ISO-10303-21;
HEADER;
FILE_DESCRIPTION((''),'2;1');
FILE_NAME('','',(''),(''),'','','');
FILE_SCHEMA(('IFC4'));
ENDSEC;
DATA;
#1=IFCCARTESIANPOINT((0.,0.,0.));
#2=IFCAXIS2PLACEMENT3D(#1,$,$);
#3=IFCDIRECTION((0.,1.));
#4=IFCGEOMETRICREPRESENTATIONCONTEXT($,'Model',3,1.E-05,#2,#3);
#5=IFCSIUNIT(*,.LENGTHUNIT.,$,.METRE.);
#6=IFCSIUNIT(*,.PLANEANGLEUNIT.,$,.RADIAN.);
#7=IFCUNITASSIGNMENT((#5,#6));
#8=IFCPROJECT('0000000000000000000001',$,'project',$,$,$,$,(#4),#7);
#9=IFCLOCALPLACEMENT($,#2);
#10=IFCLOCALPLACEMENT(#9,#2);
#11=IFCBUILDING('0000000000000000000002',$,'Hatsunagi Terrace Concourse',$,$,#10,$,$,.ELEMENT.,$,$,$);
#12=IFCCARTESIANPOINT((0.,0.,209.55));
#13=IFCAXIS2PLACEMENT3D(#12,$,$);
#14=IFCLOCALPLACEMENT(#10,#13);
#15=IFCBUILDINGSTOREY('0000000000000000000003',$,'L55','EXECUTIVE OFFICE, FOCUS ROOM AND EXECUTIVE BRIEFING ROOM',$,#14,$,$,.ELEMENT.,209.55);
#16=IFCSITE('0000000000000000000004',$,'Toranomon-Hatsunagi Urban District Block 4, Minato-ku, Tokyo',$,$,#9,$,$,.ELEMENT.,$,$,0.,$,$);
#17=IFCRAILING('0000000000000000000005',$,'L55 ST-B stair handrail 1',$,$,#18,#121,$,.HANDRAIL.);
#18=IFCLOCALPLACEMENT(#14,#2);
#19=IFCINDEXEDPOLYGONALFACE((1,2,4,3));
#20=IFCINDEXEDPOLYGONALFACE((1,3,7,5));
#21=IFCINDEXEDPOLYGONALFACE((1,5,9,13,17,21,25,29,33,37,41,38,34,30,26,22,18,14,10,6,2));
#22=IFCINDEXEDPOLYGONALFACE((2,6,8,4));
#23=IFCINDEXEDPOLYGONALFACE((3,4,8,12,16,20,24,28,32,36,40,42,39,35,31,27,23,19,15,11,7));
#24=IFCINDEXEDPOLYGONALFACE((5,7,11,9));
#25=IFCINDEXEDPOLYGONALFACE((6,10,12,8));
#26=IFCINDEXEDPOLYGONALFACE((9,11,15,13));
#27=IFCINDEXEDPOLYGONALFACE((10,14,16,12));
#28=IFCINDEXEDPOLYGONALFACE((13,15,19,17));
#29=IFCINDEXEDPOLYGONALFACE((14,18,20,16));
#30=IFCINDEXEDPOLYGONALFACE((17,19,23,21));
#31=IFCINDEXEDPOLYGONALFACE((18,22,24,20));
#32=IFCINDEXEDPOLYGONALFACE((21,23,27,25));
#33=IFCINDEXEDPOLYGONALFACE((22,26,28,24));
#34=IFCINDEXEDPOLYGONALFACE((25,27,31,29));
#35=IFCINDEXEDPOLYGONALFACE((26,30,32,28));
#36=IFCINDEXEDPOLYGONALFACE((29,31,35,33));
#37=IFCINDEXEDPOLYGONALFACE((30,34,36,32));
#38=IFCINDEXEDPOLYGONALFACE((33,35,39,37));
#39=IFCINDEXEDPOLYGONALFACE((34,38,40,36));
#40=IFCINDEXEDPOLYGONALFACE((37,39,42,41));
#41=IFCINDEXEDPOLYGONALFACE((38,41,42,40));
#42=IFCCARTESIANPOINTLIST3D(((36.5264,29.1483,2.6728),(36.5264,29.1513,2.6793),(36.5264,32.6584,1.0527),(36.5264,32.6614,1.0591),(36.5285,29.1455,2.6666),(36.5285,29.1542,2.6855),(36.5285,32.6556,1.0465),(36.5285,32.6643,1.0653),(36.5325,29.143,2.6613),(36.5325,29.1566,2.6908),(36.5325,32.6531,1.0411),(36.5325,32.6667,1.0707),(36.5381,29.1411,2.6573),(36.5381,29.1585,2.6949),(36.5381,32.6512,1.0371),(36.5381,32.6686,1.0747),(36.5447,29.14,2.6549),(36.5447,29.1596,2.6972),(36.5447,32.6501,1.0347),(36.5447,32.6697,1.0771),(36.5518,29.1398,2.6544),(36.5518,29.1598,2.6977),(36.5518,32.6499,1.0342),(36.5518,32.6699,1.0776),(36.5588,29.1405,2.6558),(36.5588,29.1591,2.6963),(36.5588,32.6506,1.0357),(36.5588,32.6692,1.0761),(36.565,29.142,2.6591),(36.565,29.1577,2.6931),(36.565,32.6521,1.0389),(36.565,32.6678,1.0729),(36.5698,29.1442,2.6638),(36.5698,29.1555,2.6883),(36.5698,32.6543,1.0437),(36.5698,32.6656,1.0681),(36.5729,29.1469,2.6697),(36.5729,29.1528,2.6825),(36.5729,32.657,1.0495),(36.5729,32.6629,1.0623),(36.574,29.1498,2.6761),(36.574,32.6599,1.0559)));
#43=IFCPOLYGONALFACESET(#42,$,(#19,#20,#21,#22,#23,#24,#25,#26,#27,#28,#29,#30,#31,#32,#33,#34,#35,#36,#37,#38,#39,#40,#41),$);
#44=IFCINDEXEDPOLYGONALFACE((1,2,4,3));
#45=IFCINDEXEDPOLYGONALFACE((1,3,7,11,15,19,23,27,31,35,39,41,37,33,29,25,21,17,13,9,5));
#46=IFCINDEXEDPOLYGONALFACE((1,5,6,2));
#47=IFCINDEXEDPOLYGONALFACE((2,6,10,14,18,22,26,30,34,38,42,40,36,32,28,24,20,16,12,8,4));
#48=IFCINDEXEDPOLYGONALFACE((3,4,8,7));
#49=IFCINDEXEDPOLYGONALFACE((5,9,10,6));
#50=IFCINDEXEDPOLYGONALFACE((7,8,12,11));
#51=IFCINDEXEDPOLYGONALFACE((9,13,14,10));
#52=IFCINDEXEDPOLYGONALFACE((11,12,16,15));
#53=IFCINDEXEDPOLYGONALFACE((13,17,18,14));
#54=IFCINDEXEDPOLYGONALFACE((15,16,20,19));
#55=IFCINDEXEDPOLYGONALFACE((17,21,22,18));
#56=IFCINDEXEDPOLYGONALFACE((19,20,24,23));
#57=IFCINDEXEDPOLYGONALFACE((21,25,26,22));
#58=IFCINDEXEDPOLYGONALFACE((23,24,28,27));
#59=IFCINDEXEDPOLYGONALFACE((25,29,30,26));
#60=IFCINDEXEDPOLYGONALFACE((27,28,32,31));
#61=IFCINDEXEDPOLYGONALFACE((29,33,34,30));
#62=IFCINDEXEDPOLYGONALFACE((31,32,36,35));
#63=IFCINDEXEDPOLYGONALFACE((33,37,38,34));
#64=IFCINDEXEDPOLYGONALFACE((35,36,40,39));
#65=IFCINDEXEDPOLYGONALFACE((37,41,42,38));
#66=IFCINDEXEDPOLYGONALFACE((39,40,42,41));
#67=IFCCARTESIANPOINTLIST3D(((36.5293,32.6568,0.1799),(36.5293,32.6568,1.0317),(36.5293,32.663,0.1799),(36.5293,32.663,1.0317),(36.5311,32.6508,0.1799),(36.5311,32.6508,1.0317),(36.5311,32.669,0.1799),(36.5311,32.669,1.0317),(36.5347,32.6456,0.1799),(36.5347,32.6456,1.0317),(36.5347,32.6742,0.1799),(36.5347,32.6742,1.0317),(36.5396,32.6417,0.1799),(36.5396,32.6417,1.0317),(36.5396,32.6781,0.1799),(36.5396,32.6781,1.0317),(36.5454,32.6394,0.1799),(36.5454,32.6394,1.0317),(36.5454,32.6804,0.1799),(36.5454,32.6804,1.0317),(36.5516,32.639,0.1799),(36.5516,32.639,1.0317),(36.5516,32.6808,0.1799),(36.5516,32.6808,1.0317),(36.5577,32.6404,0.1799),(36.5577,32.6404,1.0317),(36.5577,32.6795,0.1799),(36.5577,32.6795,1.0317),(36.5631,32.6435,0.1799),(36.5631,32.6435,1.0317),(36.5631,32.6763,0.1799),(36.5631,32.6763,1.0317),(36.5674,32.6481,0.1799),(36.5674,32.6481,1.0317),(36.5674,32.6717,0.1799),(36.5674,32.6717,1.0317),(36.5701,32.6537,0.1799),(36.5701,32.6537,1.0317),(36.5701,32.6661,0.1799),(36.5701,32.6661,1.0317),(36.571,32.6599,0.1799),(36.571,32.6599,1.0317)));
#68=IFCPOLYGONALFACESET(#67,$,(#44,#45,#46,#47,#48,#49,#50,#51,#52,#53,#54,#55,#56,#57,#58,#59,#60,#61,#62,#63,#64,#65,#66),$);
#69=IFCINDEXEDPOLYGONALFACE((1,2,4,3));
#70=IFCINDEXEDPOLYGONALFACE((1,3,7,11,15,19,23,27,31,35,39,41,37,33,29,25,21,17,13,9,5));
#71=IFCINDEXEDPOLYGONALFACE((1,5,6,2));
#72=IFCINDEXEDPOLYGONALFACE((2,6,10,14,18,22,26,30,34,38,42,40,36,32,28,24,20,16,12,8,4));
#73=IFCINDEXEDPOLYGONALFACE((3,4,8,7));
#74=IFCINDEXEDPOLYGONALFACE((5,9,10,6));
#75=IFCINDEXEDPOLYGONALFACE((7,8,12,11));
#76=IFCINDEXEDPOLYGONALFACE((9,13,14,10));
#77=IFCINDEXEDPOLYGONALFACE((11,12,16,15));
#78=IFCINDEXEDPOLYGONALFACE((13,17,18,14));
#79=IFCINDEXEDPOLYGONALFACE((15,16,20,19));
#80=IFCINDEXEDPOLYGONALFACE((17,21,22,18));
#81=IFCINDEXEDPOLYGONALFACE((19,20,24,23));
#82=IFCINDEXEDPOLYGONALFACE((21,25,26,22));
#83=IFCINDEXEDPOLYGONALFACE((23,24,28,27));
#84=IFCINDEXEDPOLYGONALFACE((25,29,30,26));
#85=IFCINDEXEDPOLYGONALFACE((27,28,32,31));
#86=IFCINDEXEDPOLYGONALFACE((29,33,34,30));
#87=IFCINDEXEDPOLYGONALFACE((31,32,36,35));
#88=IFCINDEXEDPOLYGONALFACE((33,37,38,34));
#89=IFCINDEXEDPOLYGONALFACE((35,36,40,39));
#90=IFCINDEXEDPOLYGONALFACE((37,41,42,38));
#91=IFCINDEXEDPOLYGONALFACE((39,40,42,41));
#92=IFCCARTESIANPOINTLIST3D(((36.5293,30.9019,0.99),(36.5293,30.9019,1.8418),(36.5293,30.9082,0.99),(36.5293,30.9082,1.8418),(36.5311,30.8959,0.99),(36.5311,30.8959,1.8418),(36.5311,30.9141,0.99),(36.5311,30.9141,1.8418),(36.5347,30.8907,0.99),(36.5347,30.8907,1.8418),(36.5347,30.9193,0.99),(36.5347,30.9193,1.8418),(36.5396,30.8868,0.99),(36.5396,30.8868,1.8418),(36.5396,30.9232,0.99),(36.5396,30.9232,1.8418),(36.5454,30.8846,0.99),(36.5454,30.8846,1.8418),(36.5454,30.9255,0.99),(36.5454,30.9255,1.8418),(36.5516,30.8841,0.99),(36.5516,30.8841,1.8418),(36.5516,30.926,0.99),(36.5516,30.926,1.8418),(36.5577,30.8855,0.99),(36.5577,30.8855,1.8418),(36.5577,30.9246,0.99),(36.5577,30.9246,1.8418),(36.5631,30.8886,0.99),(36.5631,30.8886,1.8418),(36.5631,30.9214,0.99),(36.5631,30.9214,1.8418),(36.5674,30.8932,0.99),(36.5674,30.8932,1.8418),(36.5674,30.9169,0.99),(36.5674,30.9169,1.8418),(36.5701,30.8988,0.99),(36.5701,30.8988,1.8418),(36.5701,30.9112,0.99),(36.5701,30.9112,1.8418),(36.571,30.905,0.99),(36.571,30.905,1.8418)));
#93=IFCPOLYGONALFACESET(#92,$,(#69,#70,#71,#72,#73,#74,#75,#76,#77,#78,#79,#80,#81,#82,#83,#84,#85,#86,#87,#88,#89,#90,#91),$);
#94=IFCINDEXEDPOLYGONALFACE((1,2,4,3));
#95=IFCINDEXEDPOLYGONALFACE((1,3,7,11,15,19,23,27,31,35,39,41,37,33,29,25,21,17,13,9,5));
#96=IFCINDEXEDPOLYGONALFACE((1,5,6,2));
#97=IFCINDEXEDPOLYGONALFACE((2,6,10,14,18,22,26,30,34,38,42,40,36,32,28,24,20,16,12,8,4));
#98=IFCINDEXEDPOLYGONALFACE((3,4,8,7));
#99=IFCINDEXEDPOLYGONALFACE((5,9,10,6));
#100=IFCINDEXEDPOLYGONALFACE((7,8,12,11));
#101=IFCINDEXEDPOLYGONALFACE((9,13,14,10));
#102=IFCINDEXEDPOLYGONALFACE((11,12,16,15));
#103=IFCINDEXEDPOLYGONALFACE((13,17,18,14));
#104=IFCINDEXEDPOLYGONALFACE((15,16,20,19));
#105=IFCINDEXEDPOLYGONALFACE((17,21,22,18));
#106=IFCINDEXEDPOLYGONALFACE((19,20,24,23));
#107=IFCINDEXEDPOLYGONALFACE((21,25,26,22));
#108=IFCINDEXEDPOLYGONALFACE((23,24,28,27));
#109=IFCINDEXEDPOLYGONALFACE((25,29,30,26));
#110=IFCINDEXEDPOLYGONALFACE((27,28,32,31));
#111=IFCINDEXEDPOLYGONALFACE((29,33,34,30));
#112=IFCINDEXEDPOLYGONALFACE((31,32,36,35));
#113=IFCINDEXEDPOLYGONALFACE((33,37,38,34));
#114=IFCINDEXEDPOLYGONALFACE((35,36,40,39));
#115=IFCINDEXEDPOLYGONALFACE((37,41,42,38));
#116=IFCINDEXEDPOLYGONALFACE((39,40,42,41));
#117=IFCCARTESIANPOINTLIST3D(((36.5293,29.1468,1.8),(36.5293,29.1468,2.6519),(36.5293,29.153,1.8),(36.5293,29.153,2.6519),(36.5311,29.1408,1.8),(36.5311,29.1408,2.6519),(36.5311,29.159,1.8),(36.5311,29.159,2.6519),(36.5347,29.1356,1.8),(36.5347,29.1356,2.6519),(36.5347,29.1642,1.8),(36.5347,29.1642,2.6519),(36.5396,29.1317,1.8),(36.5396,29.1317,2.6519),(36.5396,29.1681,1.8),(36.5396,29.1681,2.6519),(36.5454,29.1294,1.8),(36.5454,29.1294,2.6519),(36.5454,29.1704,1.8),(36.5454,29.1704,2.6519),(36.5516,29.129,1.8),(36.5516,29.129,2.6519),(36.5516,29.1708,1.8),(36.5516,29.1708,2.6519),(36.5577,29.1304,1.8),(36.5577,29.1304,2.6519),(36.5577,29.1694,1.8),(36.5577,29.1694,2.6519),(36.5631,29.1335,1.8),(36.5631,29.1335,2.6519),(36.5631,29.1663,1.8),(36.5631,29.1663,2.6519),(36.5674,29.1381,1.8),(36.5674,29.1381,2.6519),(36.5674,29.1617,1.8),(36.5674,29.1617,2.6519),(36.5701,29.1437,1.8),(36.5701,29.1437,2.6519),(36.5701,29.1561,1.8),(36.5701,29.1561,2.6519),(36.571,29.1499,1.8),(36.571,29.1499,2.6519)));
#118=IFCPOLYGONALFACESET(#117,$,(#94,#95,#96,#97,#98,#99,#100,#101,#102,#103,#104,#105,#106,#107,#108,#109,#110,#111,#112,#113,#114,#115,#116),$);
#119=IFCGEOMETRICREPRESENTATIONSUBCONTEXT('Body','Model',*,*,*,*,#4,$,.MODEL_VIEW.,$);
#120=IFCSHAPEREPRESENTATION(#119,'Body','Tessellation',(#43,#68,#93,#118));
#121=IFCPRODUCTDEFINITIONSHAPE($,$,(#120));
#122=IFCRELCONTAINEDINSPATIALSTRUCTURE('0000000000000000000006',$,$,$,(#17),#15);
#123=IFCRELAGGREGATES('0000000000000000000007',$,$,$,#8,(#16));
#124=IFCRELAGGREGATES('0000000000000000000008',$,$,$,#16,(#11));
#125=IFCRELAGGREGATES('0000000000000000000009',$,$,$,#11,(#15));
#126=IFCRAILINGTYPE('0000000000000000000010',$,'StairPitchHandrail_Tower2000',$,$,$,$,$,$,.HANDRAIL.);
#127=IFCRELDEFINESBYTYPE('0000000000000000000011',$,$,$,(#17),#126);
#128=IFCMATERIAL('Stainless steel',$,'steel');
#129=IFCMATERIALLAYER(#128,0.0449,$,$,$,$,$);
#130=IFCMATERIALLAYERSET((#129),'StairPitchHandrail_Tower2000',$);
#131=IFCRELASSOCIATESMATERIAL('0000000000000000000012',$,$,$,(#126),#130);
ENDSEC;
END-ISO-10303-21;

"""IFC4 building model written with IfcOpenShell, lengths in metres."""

from ifc_helpers import new_model, si_unit, direction, frame, origin, origin_2d, place, context, subcontext, project, spatial, circle, extrude, material, layer, layer_set, type_object, element, save


model = new_model("IFC4")

# Units and contexts
model_context = context("Model", 3, precision=1e-05, world=origin(), true_north=direction((0.0, 1.0)))
body_context = subcontext(model_context, "Body", "Model", "MODEL_VIEW")
ifc_project = project(units=[si_unit("LENGTHUNIT", "METRE"), si_unit("PLANEANGLEUNIT", "RADIAN")], contexts=[model_context])

# Site, building, storey
site_placement = place(None, origin())
site = spatial("IfcSite", under=ifc_project, at=site_placement, Name="Toranomon-Hatsunagi Urban District Block 4, Minato-ku, Tokyo", CompositionType="ELEMENT", RefElevation=0.0)
building_placement = place(site_placement, origin())
building = spatial("IfcBuilding", under=site, at=building_placement, Name="Hatsunagi Terrace Concourse", CompositionType="ELEMENT")
storey_placement = place(building_placement, frame((0.0, 0.0, 209.55)))
storey = spatial("IfcBuildingStorey", under=building, at=storey_placement, Name="L55", Description="EXECUTIVE OFFICE, FOCUS ROOM AND EXECUTIVE BRIEFING ROOM", CompositionType="ELEMENT", Elevation=209.55)

# Railing
ifc_material_1 = material(Name="Stainless steel", Category="steel")
ifc_layer_1 = layer(ifc_material_1, 0.0449)
ifc_layer_set_1 = layer_set([ifc_layer_1], Name="StairPitchHandrail_Tower2000")
railing_type_1 = type_object("IfcRailingType", Name="StairPitchHandrail_Tower2000", PredefinedType="HANDRAIL", material=ifc_layer_set_1)
railing_1_placement = place(storey_placement, frame((36.55, 32.6599, 0.1799)))
element("IfcRailing", 1, at=railing_1_placement, inside=storey, type_object=railing_type_1, Name="L55 ST-B stair handrail 1", PredefinedType="HANDRAIL", context=body_context, shape_type="SweptSolid", body=[
    extrude(circle(Radius=0.0239, at=origin_2d()), frame((0.0, 0.0, 0.876), z_axis=(0.0, -0.907948, 0.419082), x_axis=(1.0, 0.0, 0.0)), (0.0, 0.0, 1.0), 3.866),
    extrude(circle(Radius=0.021, at=origin_2d()), origin(), (0.0, 0.0, 1.0), 0.8518),
    extrude(circle(Radius=0.021, at=origin_2d()), frame((0.0, -1.7549, 0.8101)), (0.0, 0.0, 1.0), 0.8518),
    extrude(circle(Radius=0.021, at=origin_2d()), frame((0.0, -3.51, 1.6201)), (0.0, 0.0, 1.0), 0.8518),
])

save(model, "model.ifc")
